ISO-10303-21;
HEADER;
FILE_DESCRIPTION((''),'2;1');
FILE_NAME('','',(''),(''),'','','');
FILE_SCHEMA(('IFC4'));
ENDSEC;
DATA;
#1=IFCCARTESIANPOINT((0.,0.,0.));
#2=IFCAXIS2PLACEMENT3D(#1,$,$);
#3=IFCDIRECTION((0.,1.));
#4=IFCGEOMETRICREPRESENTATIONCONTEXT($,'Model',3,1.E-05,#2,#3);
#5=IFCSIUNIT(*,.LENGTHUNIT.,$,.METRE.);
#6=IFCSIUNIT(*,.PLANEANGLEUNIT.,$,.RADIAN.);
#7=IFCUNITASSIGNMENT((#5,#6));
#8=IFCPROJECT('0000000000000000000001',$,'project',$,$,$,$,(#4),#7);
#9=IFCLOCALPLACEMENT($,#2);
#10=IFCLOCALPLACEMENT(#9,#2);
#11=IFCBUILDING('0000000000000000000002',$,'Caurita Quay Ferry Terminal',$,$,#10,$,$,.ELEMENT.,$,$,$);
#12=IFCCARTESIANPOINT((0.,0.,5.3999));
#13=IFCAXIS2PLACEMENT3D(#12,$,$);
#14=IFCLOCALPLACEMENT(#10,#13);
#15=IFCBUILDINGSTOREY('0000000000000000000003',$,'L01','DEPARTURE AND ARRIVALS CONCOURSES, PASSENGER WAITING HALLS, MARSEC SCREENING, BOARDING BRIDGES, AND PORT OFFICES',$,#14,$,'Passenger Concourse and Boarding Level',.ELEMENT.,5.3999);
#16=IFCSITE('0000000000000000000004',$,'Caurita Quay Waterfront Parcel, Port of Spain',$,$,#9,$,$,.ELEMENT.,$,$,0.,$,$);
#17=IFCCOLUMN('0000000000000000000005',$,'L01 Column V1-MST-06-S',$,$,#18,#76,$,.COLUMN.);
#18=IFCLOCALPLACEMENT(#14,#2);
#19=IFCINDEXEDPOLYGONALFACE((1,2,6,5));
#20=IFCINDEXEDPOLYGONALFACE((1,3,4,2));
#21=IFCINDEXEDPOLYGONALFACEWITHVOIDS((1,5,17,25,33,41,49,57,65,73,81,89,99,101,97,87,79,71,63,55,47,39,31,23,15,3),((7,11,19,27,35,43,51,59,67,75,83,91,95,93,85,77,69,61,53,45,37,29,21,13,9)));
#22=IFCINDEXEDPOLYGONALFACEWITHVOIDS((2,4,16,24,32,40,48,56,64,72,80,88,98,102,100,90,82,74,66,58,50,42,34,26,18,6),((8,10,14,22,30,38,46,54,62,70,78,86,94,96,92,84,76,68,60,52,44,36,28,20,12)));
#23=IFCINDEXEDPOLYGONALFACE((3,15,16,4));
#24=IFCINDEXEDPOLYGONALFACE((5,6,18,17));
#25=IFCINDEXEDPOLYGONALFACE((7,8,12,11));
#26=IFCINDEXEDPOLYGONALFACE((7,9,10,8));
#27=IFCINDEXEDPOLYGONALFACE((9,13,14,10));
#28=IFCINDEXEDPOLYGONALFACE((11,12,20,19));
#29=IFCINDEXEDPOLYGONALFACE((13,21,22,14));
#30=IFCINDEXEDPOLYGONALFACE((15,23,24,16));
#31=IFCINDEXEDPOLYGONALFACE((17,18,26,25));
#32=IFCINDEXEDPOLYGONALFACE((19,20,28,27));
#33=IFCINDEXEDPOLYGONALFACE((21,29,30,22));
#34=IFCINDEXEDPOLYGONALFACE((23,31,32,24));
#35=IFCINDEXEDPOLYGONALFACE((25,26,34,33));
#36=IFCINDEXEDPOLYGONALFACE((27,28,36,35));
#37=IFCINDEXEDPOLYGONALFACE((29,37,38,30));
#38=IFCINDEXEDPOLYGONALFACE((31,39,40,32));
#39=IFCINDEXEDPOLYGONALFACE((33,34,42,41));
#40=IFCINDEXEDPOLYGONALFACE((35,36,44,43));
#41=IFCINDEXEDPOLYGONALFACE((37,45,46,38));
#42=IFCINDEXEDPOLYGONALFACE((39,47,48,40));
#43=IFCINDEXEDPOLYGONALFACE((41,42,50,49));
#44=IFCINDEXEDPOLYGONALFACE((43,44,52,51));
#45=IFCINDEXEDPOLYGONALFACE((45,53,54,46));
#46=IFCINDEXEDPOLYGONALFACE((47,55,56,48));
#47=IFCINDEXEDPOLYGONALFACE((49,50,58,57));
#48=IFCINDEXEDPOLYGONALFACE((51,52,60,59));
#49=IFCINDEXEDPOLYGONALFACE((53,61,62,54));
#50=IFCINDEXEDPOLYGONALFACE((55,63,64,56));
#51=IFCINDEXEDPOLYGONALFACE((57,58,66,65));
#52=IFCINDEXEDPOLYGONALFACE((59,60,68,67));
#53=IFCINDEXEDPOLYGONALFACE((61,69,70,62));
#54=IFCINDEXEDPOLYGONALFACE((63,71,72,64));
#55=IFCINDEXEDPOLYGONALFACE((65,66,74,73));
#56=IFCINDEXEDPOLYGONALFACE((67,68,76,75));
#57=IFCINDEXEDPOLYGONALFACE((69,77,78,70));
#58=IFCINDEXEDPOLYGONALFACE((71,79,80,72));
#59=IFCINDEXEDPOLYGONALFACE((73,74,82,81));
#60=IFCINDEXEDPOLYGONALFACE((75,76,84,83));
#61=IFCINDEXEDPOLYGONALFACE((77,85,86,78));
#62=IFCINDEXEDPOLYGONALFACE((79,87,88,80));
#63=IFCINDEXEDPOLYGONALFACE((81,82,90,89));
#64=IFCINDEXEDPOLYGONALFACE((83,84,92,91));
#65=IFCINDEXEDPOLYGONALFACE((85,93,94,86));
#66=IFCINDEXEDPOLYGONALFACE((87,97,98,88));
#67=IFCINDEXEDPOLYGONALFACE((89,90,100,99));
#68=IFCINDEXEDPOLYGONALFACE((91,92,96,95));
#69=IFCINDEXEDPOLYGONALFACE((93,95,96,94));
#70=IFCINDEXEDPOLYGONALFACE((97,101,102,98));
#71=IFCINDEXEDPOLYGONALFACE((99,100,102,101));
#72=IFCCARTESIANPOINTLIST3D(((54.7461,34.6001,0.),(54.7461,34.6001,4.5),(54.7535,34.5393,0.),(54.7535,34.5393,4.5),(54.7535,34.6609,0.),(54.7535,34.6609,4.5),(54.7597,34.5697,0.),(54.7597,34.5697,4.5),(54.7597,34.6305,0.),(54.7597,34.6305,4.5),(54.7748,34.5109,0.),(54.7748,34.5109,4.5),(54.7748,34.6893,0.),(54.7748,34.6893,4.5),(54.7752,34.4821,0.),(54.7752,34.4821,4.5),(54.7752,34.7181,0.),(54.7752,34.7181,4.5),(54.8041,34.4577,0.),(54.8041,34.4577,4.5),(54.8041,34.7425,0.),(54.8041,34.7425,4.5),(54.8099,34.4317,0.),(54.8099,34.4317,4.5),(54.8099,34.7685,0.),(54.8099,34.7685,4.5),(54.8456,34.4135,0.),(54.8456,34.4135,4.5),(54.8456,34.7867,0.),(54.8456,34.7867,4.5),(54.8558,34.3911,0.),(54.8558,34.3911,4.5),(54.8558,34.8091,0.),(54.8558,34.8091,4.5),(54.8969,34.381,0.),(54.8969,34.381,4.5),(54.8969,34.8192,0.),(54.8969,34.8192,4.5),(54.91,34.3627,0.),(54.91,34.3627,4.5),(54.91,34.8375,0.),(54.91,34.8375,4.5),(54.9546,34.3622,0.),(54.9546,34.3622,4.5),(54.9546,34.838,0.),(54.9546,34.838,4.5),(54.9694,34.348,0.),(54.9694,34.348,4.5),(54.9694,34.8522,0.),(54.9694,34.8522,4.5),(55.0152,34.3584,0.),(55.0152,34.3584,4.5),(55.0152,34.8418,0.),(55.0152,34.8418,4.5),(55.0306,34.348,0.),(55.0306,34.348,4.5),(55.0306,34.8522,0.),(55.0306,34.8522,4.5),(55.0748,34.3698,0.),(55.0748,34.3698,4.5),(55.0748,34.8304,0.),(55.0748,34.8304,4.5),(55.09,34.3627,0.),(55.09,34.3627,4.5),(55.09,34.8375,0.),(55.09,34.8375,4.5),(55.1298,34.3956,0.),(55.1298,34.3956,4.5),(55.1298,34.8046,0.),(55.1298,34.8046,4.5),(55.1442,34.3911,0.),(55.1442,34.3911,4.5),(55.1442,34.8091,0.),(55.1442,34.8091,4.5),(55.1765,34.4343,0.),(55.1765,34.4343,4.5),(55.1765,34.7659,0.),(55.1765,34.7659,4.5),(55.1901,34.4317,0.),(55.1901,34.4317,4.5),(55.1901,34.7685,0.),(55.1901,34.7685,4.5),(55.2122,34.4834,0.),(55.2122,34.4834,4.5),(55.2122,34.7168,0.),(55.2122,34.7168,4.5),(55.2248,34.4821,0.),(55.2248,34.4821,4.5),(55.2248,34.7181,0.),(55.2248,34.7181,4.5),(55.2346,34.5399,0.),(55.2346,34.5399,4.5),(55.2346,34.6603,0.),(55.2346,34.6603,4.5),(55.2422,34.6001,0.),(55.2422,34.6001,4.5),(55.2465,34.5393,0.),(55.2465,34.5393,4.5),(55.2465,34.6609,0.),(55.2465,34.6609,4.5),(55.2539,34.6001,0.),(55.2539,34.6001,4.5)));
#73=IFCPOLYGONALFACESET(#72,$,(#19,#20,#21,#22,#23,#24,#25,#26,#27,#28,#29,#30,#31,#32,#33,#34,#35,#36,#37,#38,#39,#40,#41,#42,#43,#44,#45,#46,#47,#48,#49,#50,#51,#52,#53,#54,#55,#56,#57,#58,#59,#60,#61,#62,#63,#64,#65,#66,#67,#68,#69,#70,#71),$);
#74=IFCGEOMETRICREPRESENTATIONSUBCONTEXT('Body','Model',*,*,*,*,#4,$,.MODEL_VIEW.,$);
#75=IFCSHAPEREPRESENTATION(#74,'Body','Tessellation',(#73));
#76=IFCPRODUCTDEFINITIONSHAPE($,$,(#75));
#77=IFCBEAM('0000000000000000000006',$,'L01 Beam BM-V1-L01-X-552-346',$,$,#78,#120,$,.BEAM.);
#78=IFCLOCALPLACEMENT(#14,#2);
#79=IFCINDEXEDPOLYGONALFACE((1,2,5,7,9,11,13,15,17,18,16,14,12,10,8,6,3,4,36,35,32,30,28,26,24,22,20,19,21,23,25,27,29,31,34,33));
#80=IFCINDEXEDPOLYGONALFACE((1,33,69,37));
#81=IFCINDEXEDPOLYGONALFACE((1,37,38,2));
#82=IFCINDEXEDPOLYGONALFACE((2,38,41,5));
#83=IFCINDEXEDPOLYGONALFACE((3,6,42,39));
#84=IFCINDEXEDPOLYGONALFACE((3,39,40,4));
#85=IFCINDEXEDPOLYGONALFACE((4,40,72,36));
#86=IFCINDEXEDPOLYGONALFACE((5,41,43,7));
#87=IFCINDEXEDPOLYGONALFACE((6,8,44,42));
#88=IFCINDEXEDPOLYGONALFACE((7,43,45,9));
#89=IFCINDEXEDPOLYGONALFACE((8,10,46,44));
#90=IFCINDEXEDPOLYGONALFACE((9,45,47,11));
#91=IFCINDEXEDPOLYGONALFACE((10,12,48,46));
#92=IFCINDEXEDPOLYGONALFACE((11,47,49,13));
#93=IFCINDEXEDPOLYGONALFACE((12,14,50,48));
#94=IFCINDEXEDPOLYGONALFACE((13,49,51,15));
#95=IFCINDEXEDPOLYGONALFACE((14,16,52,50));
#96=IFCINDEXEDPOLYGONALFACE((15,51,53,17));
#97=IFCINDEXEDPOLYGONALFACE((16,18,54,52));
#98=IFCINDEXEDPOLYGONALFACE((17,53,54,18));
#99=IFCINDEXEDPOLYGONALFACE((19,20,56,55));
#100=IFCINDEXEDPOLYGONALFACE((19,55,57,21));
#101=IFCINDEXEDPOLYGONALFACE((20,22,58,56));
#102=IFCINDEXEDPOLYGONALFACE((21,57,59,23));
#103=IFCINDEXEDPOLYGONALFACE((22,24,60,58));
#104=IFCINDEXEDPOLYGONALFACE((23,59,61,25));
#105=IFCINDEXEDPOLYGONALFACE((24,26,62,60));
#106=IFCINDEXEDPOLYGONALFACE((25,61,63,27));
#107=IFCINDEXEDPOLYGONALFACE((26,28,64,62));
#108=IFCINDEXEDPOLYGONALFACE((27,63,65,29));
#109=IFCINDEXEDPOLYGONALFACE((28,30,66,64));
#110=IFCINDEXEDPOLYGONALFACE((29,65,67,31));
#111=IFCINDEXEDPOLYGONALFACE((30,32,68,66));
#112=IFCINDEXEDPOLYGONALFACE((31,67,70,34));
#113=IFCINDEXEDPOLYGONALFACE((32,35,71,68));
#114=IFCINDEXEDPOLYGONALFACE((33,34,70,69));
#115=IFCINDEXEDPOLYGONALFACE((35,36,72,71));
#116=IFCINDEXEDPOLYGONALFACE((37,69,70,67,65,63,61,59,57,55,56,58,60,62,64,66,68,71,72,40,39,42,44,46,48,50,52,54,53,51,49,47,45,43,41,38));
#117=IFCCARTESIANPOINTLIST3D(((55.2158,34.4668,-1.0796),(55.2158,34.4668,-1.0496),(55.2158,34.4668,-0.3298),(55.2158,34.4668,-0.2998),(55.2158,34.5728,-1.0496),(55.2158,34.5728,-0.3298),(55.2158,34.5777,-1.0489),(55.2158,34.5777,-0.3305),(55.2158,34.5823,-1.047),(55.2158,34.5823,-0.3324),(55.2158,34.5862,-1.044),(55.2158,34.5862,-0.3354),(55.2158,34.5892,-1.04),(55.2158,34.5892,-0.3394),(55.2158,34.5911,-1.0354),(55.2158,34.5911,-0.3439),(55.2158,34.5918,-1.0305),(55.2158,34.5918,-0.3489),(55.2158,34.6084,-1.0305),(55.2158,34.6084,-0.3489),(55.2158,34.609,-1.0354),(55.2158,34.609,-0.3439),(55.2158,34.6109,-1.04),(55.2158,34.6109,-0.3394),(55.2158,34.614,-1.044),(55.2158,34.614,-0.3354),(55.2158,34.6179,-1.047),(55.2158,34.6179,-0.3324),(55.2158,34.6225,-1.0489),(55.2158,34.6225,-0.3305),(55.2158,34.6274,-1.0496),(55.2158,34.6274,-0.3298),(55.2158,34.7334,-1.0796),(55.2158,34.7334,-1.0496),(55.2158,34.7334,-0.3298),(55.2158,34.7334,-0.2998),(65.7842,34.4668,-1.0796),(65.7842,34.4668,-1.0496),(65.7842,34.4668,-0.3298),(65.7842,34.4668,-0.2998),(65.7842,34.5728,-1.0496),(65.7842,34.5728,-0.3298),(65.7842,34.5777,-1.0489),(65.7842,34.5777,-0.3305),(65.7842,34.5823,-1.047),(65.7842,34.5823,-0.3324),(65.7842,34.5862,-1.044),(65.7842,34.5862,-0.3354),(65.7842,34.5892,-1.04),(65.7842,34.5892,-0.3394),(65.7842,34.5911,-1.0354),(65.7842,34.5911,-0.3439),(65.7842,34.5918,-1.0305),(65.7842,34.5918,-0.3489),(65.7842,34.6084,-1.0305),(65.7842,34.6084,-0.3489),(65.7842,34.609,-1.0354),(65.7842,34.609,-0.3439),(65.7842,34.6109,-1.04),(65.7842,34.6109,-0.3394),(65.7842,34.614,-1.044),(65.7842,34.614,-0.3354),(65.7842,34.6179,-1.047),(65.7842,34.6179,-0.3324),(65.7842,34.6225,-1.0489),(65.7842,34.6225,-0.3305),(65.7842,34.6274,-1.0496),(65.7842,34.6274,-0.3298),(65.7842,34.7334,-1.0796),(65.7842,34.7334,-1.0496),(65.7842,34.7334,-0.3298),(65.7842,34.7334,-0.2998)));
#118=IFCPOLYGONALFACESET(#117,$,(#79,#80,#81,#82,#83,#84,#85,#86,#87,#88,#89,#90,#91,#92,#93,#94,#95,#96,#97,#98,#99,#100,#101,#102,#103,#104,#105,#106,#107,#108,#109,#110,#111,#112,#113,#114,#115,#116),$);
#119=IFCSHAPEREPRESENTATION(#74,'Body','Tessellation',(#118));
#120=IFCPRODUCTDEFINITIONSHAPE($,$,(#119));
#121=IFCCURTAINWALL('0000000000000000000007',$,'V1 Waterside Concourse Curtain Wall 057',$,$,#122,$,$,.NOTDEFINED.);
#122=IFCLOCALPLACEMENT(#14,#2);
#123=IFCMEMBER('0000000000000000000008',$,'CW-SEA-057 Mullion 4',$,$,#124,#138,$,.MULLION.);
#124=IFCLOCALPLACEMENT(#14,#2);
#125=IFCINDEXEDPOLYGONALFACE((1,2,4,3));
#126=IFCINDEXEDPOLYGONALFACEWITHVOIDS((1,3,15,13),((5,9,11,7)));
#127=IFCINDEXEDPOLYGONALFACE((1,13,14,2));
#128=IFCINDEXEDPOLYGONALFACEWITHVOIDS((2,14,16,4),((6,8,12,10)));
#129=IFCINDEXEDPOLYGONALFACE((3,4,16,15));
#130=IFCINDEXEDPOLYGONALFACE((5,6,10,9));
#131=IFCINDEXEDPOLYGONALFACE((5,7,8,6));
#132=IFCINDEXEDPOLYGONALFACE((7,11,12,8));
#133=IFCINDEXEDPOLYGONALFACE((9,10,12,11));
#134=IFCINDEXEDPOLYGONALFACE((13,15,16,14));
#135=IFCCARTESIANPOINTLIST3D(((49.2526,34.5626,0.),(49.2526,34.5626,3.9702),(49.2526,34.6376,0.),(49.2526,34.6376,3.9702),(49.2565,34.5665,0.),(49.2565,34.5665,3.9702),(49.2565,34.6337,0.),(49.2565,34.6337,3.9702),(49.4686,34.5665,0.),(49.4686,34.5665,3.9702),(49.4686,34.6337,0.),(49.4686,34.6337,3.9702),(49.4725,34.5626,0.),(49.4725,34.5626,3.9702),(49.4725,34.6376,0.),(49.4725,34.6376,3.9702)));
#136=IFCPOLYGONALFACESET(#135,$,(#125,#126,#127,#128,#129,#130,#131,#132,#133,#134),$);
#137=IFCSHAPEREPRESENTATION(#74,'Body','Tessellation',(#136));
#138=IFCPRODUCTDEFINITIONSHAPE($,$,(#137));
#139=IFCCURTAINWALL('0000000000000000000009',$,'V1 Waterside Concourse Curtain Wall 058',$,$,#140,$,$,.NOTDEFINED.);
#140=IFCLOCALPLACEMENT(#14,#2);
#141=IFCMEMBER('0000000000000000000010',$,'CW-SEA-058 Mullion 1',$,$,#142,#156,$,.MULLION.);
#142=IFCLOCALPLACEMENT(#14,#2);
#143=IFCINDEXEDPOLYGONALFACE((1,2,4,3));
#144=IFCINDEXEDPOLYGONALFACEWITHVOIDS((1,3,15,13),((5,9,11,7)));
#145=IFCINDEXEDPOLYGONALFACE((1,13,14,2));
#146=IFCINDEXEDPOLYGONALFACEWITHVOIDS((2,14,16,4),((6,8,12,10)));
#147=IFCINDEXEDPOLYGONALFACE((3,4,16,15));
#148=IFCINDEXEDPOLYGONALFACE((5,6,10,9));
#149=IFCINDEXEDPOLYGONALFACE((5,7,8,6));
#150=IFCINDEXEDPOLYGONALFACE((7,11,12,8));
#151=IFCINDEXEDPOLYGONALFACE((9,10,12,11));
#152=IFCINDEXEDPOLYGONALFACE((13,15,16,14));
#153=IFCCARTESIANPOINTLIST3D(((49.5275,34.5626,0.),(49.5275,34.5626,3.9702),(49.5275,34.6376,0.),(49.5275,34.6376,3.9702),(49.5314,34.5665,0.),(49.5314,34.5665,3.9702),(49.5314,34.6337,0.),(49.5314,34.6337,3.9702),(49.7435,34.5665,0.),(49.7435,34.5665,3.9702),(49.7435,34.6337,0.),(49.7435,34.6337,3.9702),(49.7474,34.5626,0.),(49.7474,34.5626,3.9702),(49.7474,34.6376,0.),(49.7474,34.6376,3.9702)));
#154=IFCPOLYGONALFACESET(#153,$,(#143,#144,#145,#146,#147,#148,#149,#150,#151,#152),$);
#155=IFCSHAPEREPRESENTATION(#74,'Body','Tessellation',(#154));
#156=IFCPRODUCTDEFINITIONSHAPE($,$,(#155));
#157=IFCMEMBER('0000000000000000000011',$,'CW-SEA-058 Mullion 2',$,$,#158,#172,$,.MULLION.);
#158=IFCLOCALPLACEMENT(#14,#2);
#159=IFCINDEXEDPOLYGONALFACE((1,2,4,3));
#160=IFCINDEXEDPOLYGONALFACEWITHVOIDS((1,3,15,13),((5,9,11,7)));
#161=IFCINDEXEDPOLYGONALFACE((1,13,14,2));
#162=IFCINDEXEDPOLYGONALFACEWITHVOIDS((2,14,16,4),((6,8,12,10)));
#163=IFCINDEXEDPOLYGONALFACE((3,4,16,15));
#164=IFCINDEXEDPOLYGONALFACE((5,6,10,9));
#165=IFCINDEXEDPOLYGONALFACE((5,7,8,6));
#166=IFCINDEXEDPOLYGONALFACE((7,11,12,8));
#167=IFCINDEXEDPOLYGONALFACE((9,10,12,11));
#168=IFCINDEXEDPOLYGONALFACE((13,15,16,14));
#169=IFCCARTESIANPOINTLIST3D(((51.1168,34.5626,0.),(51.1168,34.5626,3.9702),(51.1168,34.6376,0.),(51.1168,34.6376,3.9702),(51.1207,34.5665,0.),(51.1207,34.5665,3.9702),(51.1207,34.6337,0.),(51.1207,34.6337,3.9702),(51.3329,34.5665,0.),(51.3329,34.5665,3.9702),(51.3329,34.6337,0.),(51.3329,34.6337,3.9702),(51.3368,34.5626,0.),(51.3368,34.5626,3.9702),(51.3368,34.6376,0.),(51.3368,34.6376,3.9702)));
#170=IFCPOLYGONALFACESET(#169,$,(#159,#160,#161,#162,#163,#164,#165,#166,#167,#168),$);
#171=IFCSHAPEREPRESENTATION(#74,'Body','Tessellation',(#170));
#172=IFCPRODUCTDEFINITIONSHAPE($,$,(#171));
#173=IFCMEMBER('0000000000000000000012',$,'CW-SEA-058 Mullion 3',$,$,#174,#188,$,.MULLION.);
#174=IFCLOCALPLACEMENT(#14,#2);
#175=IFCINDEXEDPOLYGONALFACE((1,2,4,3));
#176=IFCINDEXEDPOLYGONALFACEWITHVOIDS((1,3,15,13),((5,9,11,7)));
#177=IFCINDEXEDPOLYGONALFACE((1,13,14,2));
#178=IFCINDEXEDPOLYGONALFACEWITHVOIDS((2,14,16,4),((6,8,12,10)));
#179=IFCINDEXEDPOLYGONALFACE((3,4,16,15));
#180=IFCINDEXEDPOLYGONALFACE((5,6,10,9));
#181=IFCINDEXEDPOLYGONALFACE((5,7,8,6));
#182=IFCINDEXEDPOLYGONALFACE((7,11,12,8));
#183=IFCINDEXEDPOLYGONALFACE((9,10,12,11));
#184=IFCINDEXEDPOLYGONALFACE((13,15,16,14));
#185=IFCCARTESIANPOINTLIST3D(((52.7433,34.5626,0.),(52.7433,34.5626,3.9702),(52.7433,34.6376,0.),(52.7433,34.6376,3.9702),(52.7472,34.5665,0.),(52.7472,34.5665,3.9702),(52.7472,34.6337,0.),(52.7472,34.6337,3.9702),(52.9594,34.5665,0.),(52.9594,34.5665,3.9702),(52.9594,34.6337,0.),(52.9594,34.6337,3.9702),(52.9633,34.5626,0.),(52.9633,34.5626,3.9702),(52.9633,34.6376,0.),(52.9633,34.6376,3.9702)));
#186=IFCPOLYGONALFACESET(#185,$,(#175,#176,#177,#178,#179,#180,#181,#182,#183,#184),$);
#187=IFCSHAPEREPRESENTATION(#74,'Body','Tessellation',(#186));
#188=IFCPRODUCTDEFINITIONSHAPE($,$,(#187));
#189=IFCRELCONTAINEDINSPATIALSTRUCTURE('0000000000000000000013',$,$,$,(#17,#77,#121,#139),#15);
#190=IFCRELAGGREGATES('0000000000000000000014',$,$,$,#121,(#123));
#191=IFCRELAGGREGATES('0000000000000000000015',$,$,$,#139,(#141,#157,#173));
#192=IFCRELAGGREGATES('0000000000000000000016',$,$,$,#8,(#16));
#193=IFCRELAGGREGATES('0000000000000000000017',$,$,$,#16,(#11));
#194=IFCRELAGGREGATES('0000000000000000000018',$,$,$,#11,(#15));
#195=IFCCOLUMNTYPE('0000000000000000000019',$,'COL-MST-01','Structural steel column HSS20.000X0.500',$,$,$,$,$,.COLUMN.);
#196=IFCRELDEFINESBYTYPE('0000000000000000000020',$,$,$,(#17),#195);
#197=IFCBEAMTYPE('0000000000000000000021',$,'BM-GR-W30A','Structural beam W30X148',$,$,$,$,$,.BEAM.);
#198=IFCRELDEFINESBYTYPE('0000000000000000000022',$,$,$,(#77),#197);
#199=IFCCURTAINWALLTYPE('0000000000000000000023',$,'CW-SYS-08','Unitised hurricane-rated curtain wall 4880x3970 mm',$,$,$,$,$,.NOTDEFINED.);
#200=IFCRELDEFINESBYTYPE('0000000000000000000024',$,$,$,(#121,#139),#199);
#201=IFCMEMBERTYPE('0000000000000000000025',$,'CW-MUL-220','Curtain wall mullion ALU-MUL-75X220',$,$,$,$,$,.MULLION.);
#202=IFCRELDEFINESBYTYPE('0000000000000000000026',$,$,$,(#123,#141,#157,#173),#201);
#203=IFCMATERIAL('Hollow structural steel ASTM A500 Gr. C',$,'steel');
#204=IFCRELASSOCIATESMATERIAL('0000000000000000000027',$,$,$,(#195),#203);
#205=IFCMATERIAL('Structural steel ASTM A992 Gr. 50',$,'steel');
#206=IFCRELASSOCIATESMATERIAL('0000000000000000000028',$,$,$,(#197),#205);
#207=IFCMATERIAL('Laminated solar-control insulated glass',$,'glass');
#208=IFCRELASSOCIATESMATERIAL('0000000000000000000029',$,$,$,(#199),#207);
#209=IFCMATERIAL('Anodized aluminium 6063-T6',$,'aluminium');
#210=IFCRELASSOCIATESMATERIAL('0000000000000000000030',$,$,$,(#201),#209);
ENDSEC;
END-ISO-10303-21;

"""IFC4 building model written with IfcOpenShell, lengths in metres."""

from ifc_helpers import new_model, si_unit, direction, frame, origin, origin_2d, place, context, subcontext, project, spatial, hollow_rectangle, hollow_circle, i_section, extrude, material, material_profile, profile_set, type_object, element, aggregate, save


model = new_model("IFC4")

# Units and contexts
model_context = context("Model", 3, precision=1e-05, world=origin(), true_north=direction((0.0, 1.0)))
body_context = subcontext(model_context, "Body", "Model", "MODEL_VIEW")
ifc_project = project(units=[si_unit("LENGTHUNIT", "METRE"), si_unit("PLANEANGLEUNIT", "RADIAN")], contexts=[model_context])

# Site, building, storey
site_placement = place(None, origin())
site = spatial("IfcSite", under=ifc_project, at=site_placement, Name="Caurita Quay Waterfront Parcel, Port of Spain", CompositionType="ELEMENT", RefElevation=0.0)
building_placement = place(site_placement, origin())
building = spatial("IfcBuilding", under=site, at=building_placement, Name="Caurita Quay Ferry Terminal", CompositionType="ELEMENT")
storey_placement = place(building_placement, frame((0.0, 0.0, 5.3999)))
storey = spatial("IfcBuildingStorey", under=building, at=storey_placement, Name="L01", Description="DEPARTURE AND ARRIVALS CONCOURSES, PASSENGER WAITING HALLS, MARSEC SCREENING, BOARDING BRIDGES, AND PORT OFFICES", LongName="Passenger Concourse and Boarding Level", CompositionType="ELEMENT", Elevation=5.3999)

# Column
ifc_material_1 = material(Name="Hollow structural steel ASTM A500 Gr. C", Category="steel")
ifc_material_profile_1 = material_profile(ifc_material_1, hollow_circle(Radius=0.2539, WallThickness=0.0117, at=origin_2d()), Name="HSS20.000X0.500")
ifc_profile_set_1 = profile_set([ifc_material_profile_1], Name="Hollow structural steel ASTM A500 Gr. C")
column_type = type_object("IfcColumnType", Name="COL-MST-01", Description="Structural steel column HSS20.000X0.500", PredefinedType="COLUMN", material=ifc_profile_set_1)
column_placement = place(storey_placement, frame((55.0, 34.6001, 0.0), z_axis=(0.0, 0.0, 1.0), x_axis=(1.0, 0.0, 0.0)))
element("IfcColumn", 1, at=column_placement, inside=storey, type_object=column_type, Name="L01 Column V1-MST-06-S", PredefinedType="COLUMN", context=body_context, shape_type="SweptSolid", body=[
    extrude(hollow_circle(Radius=0.2539, WallThickness=0.0117, at=origin_2d()), origin(), (0.0, 0.0, 1.0), 4.5),
])

# Beam
ifc_material_2 = material(Name="Structural steel ASTM A992 Gr. 50", Category="steel")
ifc_material_profile_2 = material_profile(ifc_material_2, i_section(OverallWidth=0.2666, OverallDepth=0.7798, WebThickness=0.0166, FlangeThickness=0.03, FilletRadius=0.019, at=origin_2d()), Name="W30X148")
ifc_profile_set_2 = profile_set([ifc_material_profile_2], Name="Structural steel ASTM A992 Gr. 50")
beam_type = type_object("IfcBeamType", Name="BM-GR-W30A", Description="Structural beam W30X148", PredefinedType="BEAM", material=ifc_profile_set_2)
beam_placement = place(storey_placement, frame((55.2158, 34.6001, -0.6897), z_axis=(1.0, 0.0, 0.0), x_axis=(0.0, 1.0, 0.0)))
element("IfcBeam", 2, at=beam_placement, inside=storey, type_object=beam_type, Name="L01 Beam BM-V1-L01-X-552-346", PredefinedType="BEAM", context=body_context, shape_type="SweptSolid", body=[
    extrude(i_section(OverallWidth=0.2666, OverallDepth=0.7798, WebThickness=0.0166, FlangeThickness=0.03, FilletRadius=0.019, at=origin_2d()), origin(), (0.0, 0.0, 1.0), 10.5684),
])

# Curtain wall, member
ifc_material_3 = material(Name="Laminated solar-control insulated glass", Category="glass")
curtain_wall_type = type_object("IfcCurtainWallType", Name="CW-SYS-08", Description="Unitised hurricane-rated curtain wall 4880x3970 mm", PredefinedType="NOTDEFINED", material=ifc_material_3)
curtain_wall_1_placement = place(storey_placement, origin())
curtain_wall_1 = element("IfcCurtainWall", 3, at=curtain_wall_1_placement, inside=storey, type_object=curtain_wall_type, Name="V1 Waterside Concourse Curtain Wall 057", PredefinedType="NOTDEFINED")
ifc_material_4 = material(Name="Anodized aluminium 6063-T6", Category="aluminium")
ifc_material_profile_3 = material_profile(ifc_material_4, hollow_rectangle(XDim=0.075, YDim=0.22, WallThickness=0.0039, at=origin_2d()), Name="ALU-MUL-75X220")
ifc_profile_set_3 = profile_set([ifc_material_profile_3], Name="Anodized aluminium 6063-T6")
member_type_1 = type_object("IfcMemberType", Name="CW-MUL-220", Description="Curtain wall mullion ALU-MUL-75X220", PredefinedType="MULLION", material=ifc_profile_set_3)
member_1_placement = place(storey_placement, frame((49.3625, 34.6001, 0.0), z_axis=(0.0, 0.0, 1.0), x_axis=(0.0, 1.0, 0.0)))
member_1 = element("IfcMember", 4, at=member_1_placement, type_object=member_type_1, Name="CW-SEA-057 Mullion 4", PredefinedType="MULLION", context=body_context, shape_type="SweptSolid", body=[
    extrude(hollow_rectangle(XDim=0.075, YDim=0.22, WallThickness=0.0039, at=origin_2d()), origin(), (0.0, 0.0, 1.0), 3.9702),
])
aggregate(curtain_wall_1, [member_1])

# Curtain wall, members
curtain_wall_2_placement = place(storey_placement, origin())
curtain_wall_2 = element("IfcCurtainWall", 5, at=curtain_wall_2_placement, inside=storey, type_object=curtain_wall_type, Name="V1 Waterside Concourse Curtain Wall 058", PredefinedType="NOTDEFINED")
member_2_placement = place(storey_placement, frame((49.6375, 34.6001, 0.0), z_axis=(0.0, 0.0, 1.0), x_axis=(0.0, 1.0, 0.0)))
member_2 = element("IfcMember", 6, at=member_2_placement, type_object=member_type_1, Name="CW-SEA-058 Mullion 1", PredefinedType="MULLION", context=body_context, shape_type="SweptSolid", body=[
    extrude(hollow_rectangle(XDim=0.075, YDim=0.22, WallThickness=0.0039, at=origin_2d()), origin(), (0.0, 0.0, 1.0), 3.9702),
])
member_3_placement = place(storey_placement, frame((51.2268, 34.6001, 0.0), z_axis=(0.0, 0.0, 1.0), x_axis=(0.0, 1.0, 0.0)))
member_3 = element("IfcMember", 7, at=member_3_placement, type_object=member_type_1, Name="CW-SEA-058 Mullion 2", PredefinedType="MULLION", context=body_context, shape_type="SweptSolid", body=[
    extrude(hollow_rectangle(XDim=0.075, YDim=0.22, WallThickness=0.0039, at=origin_2d()), origin(), (0.0, 0.0, 1.0), 3.9702),
])
member_4_placement = place(storey_placement, frame((52.8533, 34.6001, 0.0), z_axis=(0.0, 0.0, 1.0), x_axis=(0.0, 1.0, 0.0)))
member_4 = element("IfcMember", 8, at=member_4_placement, type_object=member_type_1, Name="CW-SEA-058 Mullion 3", PredefinedType="MULLION", context=body_context, shape_type="SweptSolid", body=[
    extrude(hollow_rectangle(XDim=0.075, YDim=0.22, WallThickness=0.0039, at=origin_2d()), origin(), (0.0, 0.0, 1.0), 3.9702),
])

aggregate(curtain_wall_2, [member_2, member_3, member_4])

save(model, "model.ifc")
